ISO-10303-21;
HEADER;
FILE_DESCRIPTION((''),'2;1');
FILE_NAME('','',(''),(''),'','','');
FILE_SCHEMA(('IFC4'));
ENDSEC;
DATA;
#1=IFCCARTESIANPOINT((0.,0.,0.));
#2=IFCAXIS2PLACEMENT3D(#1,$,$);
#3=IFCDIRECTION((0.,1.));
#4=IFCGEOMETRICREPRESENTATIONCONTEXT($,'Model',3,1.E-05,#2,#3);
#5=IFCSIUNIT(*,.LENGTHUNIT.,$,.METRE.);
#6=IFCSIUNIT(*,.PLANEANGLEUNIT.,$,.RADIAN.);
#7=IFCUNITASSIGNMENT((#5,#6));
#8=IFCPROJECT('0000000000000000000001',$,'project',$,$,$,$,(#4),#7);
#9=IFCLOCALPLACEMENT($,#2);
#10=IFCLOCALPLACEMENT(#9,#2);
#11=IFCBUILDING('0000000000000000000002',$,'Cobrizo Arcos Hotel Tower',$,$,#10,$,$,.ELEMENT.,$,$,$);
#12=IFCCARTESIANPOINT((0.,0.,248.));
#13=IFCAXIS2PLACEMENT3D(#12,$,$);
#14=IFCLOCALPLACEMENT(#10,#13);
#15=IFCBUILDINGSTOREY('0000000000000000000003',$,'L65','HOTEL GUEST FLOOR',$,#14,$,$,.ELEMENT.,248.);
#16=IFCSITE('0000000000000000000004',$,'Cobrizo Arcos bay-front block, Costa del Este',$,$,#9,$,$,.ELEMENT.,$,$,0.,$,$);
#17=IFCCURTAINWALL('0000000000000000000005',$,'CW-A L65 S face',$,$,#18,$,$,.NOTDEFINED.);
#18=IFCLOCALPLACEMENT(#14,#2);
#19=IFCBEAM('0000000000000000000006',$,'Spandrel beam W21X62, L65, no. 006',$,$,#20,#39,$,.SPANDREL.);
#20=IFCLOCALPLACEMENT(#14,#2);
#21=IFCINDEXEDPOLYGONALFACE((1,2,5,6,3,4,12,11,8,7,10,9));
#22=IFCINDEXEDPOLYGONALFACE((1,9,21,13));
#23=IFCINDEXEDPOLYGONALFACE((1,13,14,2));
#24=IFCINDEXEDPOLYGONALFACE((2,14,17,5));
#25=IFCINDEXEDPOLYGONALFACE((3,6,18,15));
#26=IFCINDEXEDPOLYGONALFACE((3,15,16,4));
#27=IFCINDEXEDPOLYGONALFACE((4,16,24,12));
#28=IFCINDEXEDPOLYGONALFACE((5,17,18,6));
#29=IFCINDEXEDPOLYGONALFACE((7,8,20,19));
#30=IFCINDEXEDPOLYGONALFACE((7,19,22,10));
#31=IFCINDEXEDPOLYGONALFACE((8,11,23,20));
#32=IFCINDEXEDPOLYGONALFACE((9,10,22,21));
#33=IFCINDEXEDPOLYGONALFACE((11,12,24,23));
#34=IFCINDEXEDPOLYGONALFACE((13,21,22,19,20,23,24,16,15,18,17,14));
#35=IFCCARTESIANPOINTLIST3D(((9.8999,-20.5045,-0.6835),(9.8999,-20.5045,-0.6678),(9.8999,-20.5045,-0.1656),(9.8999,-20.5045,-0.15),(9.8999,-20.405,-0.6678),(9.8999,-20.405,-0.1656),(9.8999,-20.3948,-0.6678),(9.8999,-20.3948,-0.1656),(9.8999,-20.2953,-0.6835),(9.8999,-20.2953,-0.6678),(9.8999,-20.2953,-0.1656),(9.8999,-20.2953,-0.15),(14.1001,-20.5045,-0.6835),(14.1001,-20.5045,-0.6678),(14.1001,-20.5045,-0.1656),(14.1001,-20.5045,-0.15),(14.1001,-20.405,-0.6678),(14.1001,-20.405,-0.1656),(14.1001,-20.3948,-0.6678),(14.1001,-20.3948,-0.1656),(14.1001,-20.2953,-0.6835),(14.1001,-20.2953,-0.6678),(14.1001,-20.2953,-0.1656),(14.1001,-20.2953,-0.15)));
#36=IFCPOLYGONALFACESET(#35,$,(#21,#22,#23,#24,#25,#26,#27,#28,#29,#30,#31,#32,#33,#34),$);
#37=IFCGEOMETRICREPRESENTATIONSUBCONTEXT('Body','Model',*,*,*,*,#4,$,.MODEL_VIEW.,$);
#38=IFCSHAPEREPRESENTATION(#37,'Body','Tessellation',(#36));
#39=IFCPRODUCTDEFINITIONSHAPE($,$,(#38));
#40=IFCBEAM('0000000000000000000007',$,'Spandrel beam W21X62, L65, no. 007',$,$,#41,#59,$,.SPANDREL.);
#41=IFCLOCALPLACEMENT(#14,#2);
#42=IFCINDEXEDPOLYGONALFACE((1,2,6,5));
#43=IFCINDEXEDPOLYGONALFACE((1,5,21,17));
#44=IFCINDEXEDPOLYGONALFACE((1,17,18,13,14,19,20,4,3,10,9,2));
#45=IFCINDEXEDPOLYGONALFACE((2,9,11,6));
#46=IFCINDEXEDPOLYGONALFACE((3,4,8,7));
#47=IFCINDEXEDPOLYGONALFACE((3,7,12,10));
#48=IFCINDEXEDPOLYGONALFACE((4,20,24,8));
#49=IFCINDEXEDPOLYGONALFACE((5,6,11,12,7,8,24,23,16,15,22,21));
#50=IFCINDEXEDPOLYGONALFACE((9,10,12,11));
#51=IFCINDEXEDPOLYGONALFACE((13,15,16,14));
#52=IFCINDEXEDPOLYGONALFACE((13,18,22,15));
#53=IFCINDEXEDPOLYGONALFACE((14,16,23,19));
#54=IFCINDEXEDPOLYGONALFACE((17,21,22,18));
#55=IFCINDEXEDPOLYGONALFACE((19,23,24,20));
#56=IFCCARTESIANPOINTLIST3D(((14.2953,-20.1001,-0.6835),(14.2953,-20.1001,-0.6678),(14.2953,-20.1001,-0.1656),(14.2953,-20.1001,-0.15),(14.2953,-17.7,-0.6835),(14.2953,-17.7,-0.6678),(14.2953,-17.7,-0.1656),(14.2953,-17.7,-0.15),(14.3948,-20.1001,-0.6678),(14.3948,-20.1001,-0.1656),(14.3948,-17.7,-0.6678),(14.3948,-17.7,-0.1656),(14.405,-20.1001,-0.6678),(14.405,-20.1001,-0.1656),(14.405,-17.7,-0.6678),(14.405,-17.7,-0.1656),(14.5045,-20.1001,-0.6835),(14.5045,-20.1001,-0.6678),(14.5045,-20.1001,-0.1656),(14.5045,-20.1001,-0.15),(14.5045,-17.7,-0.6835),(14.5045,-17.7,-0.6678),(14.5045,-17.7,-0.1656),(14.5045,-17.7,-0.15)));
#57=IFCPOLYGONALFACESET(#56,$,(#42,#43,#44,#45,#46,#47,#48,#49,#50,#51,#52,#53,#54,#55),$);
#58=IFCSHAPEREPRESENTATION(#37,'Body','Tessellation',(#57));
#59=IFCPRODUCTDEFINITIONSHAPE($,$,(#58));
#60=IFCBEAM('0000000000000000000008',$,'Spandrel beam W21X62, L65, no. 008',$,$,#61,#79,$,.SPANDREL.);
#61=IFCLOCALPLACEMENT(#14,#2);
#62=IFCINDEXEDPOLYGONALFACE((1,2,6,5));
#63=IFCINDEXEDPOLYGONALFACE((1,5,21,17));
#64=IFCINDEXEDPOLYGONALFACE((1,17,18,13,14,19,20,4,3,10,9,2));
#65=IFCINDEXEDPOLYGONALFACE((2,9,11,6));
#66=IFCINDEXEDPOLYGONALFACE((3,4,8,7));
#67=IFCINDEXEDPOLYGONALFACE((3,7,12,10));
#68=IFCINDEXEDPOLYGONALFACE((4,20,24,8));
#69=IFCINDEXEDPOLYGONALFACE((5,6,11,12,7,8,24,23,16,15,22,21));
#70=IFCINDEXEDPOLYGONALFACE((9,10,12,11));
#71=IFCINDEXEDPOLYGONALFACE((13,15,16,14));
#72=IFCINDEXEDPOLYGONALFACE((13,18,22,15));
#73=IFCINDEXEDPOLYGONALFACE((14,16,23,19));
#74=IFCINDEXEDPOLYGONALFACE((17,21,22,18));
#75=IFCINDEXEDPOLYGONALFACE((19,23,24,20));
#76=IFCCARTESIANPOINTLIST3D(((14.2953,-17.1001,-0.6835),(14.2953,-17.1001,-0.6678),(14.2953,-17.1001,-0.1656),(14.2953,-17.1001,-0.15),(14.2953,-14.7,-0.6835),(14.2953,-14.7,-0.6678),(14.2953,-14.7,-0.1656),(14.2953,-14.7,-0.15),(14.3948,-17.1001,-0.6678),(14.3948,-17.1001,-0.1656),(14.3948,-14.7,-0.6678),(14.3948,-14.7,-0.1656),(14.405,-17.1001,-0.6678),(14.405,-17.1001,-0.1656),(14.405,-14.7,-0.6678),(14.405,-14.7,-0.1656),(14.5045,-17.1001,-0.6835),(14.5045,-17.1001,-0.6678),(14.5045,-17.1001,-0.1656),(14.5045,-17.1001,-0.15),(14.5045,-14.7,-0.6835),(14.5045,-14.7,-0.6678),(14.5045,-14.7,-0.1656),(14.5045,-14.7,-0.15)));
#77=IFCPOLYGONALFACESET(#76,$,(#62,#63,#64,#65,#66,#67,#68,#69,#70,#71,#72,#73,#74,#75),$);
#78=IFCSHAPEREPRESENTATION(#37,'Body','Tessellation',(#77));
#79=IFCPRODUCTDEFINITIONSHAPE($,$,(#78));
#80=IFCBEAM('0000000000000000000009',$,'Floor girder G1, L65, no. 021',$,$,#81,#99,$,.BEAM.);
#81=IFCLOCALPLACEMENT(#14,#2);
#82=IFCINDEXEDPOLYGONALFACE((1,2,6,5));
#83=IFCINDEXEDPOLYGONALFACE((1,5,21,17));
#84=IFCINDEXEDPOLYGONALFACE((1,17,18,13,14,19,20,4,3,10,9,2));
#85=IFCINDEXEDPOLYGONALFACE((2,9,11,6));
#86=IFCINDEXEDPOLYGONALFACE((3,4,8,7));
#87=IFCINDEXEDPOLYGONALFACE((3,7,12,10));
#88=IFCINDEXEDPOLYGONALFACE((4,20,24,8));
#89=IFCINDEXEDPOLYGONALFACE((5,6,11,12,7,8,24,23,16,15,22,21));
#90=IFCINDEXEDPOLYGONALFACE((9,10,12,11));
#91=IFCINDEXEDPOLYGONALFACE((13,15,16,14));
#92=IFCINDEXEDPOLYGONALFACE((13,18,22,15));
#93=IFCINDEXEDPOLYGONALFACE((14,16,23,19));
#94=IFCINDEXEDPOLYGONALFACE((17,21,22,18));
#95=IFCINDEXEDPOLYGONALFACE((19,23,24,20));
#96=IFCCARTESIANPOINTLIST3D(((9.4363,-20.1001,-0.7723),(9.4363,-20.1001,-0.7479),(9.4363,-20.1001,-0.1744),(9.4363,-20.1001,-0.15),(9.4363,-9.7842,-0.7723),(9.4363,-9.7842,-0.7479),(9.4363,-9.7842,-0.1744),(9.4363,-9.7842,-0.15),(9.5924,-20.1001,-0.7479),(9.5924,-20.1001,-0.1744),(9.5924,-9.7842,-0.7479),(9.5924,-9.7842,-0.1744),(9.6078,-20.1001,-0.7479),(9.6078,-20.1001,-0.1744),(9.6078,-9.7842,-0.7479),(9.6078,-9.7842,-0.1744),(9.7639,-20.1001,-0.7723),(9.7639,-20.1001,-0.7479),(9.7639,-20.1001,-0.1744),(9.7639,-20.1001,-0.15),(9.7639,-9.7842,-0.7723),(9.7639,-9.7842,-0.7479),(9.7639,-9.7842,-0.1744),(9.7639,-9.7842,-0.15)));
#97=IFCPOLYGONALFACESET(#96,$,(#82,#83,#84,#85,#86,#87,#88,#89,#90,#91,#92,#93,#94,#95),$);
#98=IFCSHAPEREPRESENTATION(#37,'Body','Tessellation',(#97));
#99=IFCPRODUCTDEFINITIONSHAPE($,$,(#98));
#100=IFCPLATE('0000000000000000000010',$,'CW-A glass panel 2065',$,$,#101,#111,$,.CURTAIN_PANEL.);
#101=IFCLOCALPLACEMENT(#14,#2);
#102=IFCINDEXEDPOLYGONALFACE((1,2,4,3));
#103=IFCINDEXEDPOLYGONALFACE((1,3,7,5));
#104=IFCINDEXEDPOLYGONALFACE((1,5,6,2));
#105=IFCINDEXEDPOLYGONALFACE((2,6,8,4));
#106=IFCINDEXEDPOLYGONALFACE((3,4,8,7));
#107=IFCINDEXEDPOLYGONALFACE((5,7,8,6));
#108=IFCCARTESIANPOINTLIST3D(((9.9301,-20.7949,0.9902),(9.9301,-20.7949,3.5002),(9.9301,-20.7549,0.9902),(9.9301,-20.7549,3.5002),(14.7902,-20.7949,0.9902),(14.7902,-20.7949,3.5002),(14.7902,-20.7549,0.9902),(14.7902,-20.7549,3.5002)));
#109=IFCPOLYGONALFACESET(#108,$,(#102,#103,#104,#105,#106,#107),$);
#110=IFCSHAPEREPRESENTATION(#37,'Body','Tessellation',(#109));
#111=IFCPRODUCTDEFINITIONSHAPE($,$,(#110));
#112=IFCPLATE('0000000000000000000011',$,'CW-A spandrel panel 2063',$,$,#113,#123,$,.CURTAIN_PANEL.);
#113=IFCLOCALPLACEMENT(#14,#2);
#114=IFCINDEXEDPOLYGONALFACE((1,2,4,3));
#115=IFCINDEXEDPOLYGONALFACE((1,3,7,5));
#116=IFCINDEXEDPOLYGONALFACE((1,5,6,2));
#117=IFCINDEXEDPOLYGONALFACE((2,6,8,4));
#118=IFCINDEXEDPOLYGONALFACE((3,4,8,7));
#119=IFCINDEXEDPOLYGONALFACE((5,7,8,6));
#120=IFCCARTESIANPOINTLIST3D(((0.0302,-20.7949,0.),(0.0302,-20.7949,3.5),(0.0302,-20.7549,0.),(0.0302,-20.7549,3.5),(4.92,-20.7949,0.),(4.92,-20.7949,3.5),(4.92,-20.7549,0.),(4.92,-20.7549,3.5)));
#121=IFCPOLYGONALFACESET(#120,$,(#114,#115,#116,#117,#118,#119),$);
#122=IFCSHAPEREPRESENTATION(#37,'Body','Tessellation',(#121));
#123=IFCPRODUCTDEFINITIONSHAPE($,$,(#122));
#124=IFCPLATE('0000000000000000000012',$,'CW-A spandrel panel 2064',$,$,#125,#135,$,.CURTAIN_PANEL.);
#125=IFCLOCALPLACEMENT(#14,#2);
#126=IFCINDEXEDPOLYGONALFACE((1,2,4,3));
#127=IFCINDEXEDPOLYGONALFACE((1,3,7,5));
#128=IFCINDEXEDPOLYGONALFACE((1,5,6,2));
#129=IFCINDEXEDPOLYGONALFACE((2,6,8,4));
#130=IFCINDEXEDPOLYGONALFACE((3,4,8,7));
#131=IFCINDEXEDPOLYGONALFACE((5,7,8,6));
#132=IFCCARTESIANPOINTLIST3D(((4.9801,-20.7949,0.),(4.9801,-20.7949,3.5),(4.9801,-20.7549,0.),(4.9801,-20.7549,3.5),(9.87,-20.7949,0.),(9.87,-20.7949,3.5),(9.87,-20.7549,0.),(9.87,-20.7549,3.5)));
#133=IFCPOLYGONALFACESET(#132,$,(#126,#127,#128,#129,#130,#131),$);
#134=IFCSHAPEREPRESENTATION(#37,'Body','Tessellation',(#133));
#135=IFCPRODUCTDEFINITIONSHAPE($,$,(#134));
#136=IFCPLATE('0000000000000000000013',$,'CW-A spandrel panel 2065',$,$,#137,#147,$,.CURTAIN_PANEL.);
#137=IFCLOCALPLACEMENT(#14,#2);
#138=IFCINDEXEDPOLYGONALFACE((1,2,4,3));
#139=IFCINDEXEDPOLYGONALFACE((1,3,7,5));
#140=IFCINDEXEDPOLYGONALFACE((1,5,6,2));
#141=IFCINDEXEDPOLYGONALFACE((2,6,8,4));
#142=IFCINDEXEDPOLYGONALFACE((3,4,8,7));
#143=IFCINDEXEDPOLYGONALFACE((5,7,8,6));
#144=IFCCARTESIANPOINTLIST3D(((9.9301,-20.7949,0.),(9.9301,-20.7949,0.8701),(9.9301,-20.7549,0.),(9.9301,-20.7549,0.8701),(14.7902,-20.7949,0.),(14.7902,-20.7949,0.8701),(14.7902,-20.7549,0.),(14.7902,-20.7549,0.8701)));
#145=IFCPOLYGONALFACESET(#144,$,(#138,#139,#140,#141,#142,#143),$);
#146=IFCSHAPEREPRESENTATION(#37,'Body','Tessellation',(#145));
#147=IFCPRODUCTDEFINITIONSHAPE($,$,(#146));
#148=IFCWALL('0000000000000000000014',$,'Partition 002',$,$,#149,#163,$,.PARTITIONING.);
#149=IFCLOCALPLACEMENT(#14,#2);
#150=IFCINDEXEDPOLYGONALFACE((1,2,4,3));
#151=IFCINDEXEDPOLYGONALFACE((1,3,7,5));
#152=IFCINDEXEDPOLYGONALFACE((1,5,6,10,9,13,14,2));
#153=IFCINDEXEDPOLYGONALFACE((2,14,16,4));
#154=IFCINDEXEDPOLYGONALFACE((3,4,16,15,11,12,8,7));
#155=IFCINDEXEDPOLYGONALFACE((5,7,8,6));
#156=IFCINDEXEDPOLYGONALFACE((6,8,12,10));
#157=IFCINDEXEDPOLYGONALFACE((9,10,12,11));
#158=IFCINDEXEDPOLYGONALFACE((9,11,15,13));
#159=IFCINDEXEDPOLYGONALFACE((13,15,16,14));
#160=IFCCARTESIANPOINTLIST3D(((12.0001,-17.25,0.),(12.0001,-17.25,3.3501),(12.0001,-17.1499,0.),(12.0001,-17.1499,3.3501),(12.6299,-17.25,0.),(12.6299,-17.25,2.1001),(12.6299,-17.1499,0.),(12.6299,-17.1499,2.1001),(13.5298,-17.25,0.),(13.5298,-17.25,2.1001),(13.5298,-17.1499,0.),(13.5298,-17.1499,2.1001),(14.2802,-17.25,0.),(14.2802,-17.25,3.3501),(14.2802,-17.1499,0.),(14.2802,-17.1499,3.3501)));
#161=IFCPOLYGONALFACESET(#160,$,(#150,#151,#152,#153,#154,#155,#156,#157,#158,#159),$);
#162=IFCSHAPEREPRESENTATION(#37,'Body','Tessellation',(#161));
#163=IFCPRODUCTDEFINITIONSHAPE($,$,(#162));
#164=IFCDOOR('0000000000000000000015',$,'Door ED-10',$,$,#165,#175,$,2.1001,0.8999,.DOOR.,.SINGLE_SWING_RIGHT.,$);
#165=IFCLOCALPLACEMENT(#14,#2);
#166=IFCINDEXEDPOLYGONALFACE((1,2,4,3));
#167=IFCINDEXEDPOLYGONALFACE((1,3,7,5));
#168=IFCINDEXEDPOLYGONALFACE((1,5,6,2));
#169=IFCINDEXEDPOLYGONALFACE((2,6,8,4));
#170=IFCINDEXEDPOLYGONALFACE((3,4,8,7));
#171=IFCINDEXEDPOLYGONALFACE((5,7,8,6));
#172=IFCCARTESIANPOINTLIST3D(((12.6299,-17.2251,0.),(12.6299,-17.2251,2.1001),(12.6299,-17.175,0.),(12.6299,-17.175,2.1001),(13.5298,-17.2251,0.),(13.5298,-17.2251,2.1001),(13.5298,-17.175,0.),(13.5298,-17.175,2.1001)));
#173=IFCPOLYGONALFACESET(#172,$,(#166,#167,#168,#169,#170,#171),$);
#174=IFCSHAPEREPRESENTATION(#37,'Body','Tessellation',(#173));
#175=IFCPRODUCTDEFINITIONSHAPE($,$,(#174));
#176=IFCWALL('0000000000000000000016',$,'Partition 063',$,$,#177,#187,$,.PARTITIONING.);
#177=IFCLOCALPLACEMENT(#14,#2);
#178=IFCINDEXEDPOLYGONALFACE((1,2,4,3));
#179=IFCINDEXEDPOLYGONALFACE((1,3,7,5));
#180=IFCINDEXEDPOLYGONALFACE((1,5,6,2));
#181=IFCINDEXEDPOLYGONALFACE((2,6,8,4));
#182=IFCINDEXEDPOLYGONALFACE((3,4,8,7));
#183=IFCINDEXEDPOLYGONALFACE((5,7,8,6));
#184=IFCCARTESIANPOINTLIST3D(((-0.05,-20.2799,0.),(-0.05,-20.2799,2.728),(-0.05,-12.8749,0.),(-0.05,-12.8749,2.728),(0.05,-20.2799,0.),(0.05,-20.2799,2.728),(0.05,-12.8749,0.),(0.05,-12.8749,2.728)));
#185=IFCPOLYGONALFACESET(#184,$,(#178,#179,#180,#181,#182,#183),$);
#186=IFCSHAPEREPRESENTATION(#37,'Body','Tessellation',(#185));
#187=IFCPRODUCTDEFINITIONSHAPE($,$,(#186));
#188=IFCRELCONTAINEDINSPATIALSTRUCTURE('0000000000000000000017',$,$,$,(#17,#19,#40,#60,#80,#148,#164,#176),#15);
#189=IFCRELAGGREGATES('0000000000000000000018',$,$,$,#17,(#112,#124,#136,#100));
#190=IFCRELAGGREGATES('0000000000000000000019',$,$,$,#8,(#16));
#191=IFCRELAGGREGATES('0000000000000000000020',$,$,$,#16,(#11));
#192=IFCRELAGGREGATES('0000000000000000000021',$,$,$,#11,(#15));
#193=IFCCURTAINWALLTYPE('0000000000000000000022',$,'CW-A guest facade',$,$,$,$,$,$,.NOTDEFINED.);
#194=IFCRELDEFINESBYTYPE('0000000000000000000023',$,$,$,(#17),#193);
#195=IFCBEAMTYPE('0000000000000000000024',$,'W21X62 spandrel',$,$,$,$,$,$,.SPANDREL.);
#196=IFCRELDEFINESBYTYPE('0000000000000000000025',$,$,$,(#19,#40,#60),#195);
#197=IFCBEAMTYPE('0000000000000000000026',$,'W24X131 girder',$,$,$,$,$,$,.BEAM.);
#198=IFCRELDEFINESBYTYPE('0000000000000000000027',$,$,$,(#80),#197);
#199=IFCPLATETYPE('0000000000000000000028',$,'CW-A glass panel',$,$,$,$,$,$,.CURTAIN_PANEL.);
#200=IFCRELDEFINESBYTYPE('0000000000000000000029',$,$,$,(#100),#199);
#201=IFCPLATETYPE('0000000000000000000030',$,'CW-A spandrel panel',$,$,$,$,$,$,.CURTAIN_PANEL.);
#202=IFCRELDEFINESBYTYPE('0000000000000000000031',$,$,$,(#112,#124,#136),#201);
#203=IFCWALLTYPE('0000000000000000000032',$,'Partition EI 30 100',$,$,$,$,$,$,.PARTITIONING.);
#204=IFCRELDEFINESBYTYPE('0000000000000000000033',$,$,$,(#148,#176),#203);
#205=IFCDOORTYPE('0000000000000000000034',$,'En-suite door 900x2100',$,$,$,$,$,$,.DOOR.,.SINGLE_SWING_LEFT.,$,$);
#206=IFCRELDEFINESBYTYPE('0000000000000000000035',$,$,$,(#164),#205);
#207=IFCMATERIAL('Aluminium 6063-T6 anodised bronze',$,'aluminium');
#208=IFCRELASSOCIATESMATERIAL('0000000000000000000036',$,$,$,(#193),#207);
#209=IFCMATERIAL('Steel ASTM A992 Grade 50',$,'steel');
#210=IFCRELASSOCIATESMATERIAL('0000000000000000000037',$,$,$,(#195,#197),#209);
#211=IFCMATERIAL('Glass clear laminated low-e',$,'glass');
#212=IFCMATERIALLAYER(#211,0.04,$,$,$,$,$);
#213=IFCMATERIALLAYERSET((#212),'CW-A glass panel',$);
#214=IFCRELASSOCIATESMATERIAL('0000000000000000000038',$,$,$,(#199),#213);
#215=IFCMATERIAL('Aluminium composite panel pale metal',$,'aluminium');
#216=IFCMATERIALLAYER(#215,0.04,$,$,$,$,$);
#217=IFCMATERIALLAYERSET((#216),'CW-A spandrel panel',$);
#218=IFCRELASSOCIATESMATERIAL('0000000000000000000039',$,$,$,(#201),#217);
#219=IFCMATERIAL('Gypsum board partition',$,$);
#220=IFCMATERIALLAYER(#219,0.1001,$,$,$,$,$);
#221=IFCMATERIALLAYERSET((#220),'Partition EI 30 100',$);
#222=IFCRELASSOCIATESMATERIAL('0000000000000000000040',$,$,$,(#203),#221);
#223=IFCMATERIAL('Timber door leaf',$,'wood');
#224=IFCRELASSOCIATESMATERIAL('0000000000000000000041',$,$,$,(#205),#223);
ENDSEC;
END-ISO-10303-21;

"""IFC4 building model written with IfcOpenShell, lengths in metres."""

from ifc_helpers import new_model, si_unit, direction, frame, frame_2d, origin, origin_2d, place, context, subcontext, project, spatial, rectangle, i_section, extrude, material, layer, layer_set, material_profile, profile_set, type_object, element, fill, aggregate, save


model = new_model("IFC4")

# Units and contexts
model_context = context("Model", 3, precision=1e-05, world=origin(), true_north=direction((0.0, 1.0)))
body_context = subcontext(model_context, "Body", "Model", "MODEL_VIEW")
ifc_project = project(units=[si_unit("LENGTHUNIT", "METRE"), si_unit("PLANEANGLEUNIT", "RADIAN")], contexts=[model_context])

# Site, building, storey
site_placement = place(None, origin())
site = spatial("IfcSite", under=ifc_project, at=site_placement, Name="Cobrizo Arcos bay-front block, Costa del Este", CompositionType="ELEMENT", RefElevation=0.0)
building_placement = place(site_placement, origin())
building = spatial("IfcBuilding", under=site, at=building_placement, Name="Cobrizo Arcos Hotel Tower", CompositionType="ELEMENT")
storey_placement = place(building_placement, frame((0.0, 0.0, 248.0)))
storey = spatial("IfcBuildingStorey", under=building, at=storey_placement, Name="L65", Description="HOTEL GUEST FLOOR", CompositionType="ELEMENT", Elevation=248.0)

# Curtain wall
ifc_material_1 = material(Name="Aluminium 6063-T6 anodised bronze", Category="aluminium")
curtain_wall_type = type_object("IfcCurtainWallType", Name="CW-A guest facade", PredefinedType="NOTDEFINED", material=ifc_material_1)
curtain_wall_placement = place(storey_placement, origin())
curtain_wall = element("IfcCurtainWall", 1, at=curtain_wall_placement, inside=storey, type_object=curtain_wall_type, Name="CW-A L65 S face", PredefinedType="NOTDEFINED")

# Beams
ifc_material_2 = material(Name="Steel ASTM A992 Grade 50", Category="steel")
ifc_material_profile_1 = material_profile(ifc_material_2, i_section(OverallWidth=0.2092, OverallDepth=0.5334, WebThickness=0.0103, FlangeThickness=0.0156, at=origin_2d()), Name="W21X62")
ifc_profile_set_1 = profile_set([ifc_material_profile_1], Name="Steel ASTM A992 Grade 50")
beam_type_1 = type_object("IfcBeamType", Name="W21X62 spandrel", PredefinedType="SPANDREL", material=ifc_profile_set_1)
beam_1_placement = place(storey_placement, frame((9.8999, -20.3999, -0.4167), z_axis=(1.0, 0.0, 0.0), x_axis=(0.0, 1.0, 0.0)))
element("IfcBeam", 2, at=beam_1_placement, inside=storey, type_object=beam_type_1, Name="Spandrel beam W21X62, L65, no. 006", PredefinedType="SPANDREL", context=body_context, shape_type="SweptSolid", body=[
    extrude(i_section(OverallWidth=0.2092, OverallDepth=0.5334, WebThickness=0.0103, FlangeThickness=0.0156, at=origin_2d()), origin(), (0.0, 0.0, 1.0), 4.2002),
])
for number, where, z_axis, x_axis, name in (
    (3, (14.3999, -20.1001, -0.4167), (0.0, 1.0, 0.0), (-1.0, 0.0, 0.0), "Spandrel beam W21X62, L65, no. 007"),
    (4, (14.3999, -17.1001, -0.4167), (0.0, 1.0, 0.0), (-1.0, 0.0, 0.0), "Spandrel beam W21X62, L65, no. 008"),
):
    element("IfcBeam", number, at=place(storey_placement, frame(where, z_axis=z_axis, x_axis=x_axis)), inside=storey, type_object=beam_type_1, Name=name, PredefinedType="SPANDREL", context=body_context, shape_type="SweptSolid", body=[
        extrude(i_section(OverallWidth=0.2092, OverallDepth=0.5334, WebThickness=0.0103, FlangeThickness=0.0156, at=origin_2d()), origin(), (0.0, 0.0, 1.0), 2.4001),
    ])
ifc_material_profile_2 = material_profile(ifc_material_2, i_section(OverallWidth=0.3276, OverallDepth=0.6223, WebThickness=0.0154, FlangeThickness=0.0244, at=origin_2d()), Name="W24X131")
ifc_profile_set_2 = profile_set([ifc_material_profile_2], Name="Steel ASTM A992 Grade 50")
beam_type_2 = type_object("IfcBeamType", Name="W24X131 girder", PredefinedType="BEAM", material=ifc_profile_set_2)
beam_2_placement = place(storey_placement, frame((9.6001, -20.1001, -0.4612), z_axis=(0.0, 1.0, 0.0), x_axis=(-1.0, 0.0, 0.0)))
element("IfcBeam", 5, at=beam_2_placement, inside=storey, type_object=beam_type_2, Name="Floor girder G1, L65, no. 021", PredefinedType="BEAM", context=body_context, shape_type="SweptSolid", body=[
    extrude(i_section(OverallWidth=0.3276, OverallDepth=0.6223, WebThickness=0.0154, FlangeThickness=0.0244, at=origin_2d()), origin(), (0.0, 0.0, 1.0), 10.3159),
])

# Plates
ifc_material_3 = material(Name="Glass clear laminated low-e", Category="glass")
ifc_layer_1 = layer(ifc_material_3, 0.04)
ifc_layer_set_1 = layer_set([ifc_layer_1], Name="CW-A glass panel")
plate_type_1 = type_object("IfcPlateType", Name="CW-A glass panel", PredefinedType="CURTAIN_PANEL", material=ifc_layer_set_1)
plate_1_placement = place(storey_placement, frame((12.3601, -20.7749, 0.9902), z_axis=(0.0, 0.0, 1.0), x_axis=(1.0, 0.0, 0.0)))
plate_1 = element("IfcPlate", 6, at=plate_1_placement, type_object=plate_type_1, Name="CW-A glass panel 2065", PredefinedType="CURTAIN_PANEL", context=body_context, shape_type="SweptSolid", body=[
    extrude(rectangle(XDim=4.8601, YDim=0.04, at=origin_2d()), origin(), (0.0, 0.0, 1.0), 2.51),
])
ifc_material_4 = material(Name="Aluminium composite panel pale metal", Category="aluminium")
ifc_layer_2 = layer(ifc_material_4, 0.04)
ifc_layer_set_2 = layer_set([ifc_layer_2], Name="CW-A spandrel panel")
plate_type_2 = type_object("IfcPlateType", Name="CW-A spandrel panel", PredefinedType="CURTAIN_PANEL", material=ifc_layer_set_2)
plate_2_placement = place(storey_placement, frame((2.4751, -20.7749, 0.0), z_axis=(0.0, 0.0, 1.0), x_axis=(1.0, 0.0, 0.0)))
plate_2 = element("IfcPlate", 7, at=plate_2_placement, type_object=plate_type_2, Name="CW-A spandrel panel 2063", PredefinedType="CURTAIN_PANEL", context=body_context, shape_type="SweptSolid", body=[
    extrude(rectangle(XDim=4.8899, YDim=0.04, at=origin_2d()), origin(), (0.0, 0.0, 1.0), 3.5),
])
plate_3_placement = place(storey_placement, frame((7.425, -20.7749, 0.0), z_axis=(0.0, 0.0, 1.0), x_axis=(1.0, 0.0, 0.0)))
plate_3 = element("IfcPlate", 8, at=plate_3_placement, type_object=plate_type_2, Name="CW-A spandrel panel 2064", PredefinedType="CURTAIN_PANEL", context=body_context, shape_type="SweptSolid", body=[
    extrude(rectangle(XDim=4.8899, YDim=0.04, at=origin_2d()), origin(), (0.0, 0.0, 1.0), 3.5),
])
plate_4_placement = place(storey_placement, frame((12.3601, -20.7749, 0.0), z_axis=(0.0, 0.0, 1.0), x_axis=(1.0, 0.0, 0.0)))
plate_4 = element("IfcPlate", 9, at=plate_4_placement, type_object=plate_type_2, Name="CW-A spandrel panel 2065", PredefinedType="CURTAIN_PANEL", context=body_context, shape_type="SweptSolid", body=[
    extrude(rectangle(XDim=4.8601, YDim=0.04, at=origin_2d()), origin(), (0.0, 0.0, 1.0), 0.8701),
])
aggregate(curtain_wall, [plate_2, plate_3, plate_4, plate_1])

# Wall, opening, door
ifc_material_5 = material(Name="Gypsum board partition")
ifc_layer_3 = layer(ifc_material_5, 0.1001)
ifc_layer_set_3 = layer_set([ifc_layer_3], Name="Partition EI 30 100")
wall_type = type_object("IfcWallType", Name="Partition EI 30 100", PredefinedType="PARTITIONING", material=ifc_layer_set_3)
wall_1_placement = place(storey_placement, frame((12.0, -17.2, 0.0), z_axis=(0.0, 0.0, 1.0), x_axis=(1.0, 0.0, 0.0)))
wall_1 = element("IfcWall", 10, at=wall_1_placement, inside=storey, type_object=wall_type, Name="Partition 002", PredefinedType="PARTITIONING", context=body_context, shape_type="SweptSolid", body=[
    extrude(rectangle(XDim=2.28, YDim=0.1001, at=frame_2d((1.1401, 0.0))), origin(), (0.0, 0.0, 1.0), 3.3501),
])
opening_1_placement = place(wall_1_placement, frame((0.6299, 0.0, 0.0)))
opening_1 = element("IfcOpeningElement", 11, at=opening_1_placement, cuts=wall_1, PredefinedType="OPENING", context=body_context, shape_type="SweptSolid", body=[
    extrude(rectangle(XDim=0.8999, YDim=2.1001, at=frame_2d((0.45, 1.05))), frame((0.0, 0.062, 0.0), z_axis=(0.0, -1.0, 0.0), x_axis=(1.0, 0.0, 0.0)), (0.0, 0.0, 1.0), 0.124),
])
ifc_material_6 = material(Name="Timber door leaf", Category="wood")
door_type_1 = type_object("IfcDoorType", Name="En-suite door 900x2100", OperationType="SINGLE_SWING_LEFT", PredefinedType="DOOR", material=ifc_material_6)
door_1_placement = place(opening_1_placement, origin())
door_1 = element("IfcDoor", 12, at=door_1_placement, inside=storey, type_object=door_type_1, Name="Door ED-10", OperationType="SINGLE_SWING_RIGHT", OverallHeight=2.1001, OverallWidth=0.8999, PredefinedType="DOOR", context=body_context, shape_type="SweptSolid", body=[
    extrude(rectangle(XDim=0.8999, YDim=2.1001, at=frame_2d((0.45, 1.05))), frame((0.0, 0.0249, 0.0), z_axis=(0.0, -1.0, 0.0), x_axis=(1.0, 0.0, 0.0)), (0.0, 0.0, 1.0), 0.05),
])
fill(opening_1, door_1)

# Wall
wall_2_placement = place(storey_placement, frame((0.0, -20.28, 0.0), z_axis=(0.0, 0.0, 1.0), x_axis=(0.0, 1.0, 0.0)))
element("IfcWall", 13, at=wall_2_placement, inside=storey, type_object=wall_type, Name="Partition 063", PredefinedType="PARTITIONING", context=body_context, shape_type="SweptSolid", body=[
    extrude(rectangle(XDim=7.405, YDim=0.1001, at=frame_2d((3.7026, 0.0))), origin(), (0.0, 0.0, 1.0), 2.728),
])

save(model, "model.ifc")
